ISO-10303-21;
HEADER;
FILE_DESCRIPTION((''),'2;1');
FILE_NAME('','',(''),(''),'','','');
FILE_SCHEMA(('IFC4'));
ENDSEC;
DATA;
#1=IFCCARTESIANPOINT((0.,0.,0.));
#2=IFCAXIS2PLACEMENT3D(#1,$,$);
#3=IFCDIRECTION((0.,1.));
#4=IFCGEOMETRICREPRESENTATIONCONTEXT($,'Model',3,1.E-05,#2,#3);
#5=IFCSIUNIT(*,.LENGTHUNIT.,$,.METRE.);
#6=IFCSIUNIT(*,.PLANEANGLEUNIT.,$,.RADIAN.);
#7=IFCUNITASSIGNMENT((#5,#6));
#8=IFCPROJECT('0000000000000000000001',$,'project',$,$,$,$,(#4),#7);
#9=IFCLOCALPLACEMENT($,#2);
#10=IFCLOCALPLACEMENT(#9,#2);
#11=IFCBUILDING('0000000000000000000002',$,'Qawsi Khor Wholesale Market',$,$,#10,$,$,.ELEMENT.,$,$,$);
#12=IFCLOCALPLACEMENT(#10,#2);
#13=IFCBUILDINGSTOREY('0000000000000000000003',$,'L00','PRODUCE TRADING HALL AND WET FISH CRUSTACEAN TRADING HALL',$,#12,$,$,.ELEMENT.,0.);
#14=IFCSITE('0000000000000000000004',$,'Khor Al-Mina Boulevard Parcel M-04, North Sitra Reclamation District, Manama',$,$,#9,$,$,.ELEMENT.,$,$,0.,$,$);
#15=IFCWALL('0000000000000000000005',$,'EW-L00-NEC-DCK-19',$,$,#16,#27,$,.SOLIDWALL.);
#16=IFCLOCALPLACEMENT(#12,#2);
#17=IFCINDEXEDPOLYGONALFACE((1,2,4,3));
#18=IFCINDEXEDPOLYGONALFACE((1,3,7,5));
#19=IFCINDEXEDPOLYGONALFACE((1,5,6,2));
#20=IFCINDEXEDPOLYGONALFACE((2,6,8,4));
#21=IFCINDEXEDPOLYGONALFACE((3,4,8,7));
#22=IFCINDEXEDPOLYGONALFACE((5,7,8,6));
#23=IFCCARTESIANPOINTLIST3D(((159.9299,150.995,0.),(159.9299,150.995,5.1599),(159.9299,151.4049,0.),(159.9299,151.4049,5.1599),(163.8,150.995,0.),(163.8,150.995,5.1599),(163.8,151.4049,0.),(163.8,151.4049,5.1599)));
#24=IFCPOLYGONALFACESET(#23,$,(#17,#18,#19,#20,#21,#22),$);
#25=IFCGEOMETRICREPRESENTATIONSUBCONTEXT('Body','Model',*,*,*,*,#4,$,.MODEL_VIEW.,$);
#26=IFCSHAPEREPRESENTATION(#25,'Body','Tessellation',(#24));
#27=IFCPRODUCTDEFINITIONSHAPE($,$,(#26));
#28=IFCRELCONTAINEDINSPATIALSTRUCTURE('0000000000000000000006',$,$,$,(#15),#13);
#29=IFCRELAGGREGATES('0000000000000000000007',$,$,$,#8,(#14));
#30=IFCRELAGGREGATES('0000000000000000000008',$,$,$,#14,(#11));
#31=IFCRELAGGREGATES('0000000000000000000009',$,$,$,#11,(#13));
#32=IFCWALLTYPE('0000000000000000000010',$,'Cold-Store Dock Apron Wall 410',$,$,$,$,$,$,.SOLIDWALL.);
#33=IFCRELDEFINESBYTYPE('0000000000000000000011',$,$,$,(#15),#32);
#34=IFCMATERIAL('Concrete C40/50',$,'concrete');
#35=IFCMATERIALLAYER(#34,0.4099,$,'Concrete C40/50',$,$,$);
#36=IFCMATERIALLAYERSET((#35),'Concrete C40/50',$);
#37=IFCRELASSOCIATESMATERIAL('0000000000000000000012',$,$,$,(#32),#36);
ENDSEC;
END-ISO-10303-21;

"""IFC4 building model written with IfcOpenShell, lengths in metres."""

from ifc_helpers import new_model, si_unit, direction, frame, frame_2d, origin, place, context, subcontext, project, spatial, rectangle, extrude, material, layer, layer_set, type_object, element, save


model = new_model("IFC4")

# Units and contexts
model_context = context("Model", 3, precision=1e-05, world=origin(), true_north=direction((0.0, 1.0)))
body_context = subcontext(model_context, "Body", "Model", "MODEL_VIEW")
ifc_project = project(units=[si_unit("LENGTHUNIT", "METRE"), si_unit("PLANEANGLEUNIT", "RADIAN")], contexts=[model_context])

# Site, building, storey
site_placement = place(None, origin())
site = spatial("IfcSite", under=ifc_project, at=site_placement, Name="Khor Al-Mina Boulevard Parcel M-04, North Sitra Reclamation District, Manama", CompositionType="ELEMENT", RefElevation=0.0)
building_placement = place(site_placement, origin())
building = spatial("IfcBuilding", under=site, at=building_placement, Name="Qawsi Khor Wholesale Market", CompositionType="ELEMENT")
storey_placement = place(building_placement, origin())
storey = spatial("IfcBuildingStorey", under=building, at=storey_placement, Name="L00", Description="PRODUCE TRADING HALL AND WET FISH CRUSTACEAN TRADING HALL", CompositionType="ELEMENT", Elevation=0.0)

# Shared definitions
ifc_material_1 = material(Name="Concrete C40/50", Category="concrete")

# Shared definitions
ifc_layer_1 = layer(ifc_material_1, 0.4099, Name="Concrete C40/50")
ifc_layer_set_1 = layer_set([ifc_layer_1], Name="Concrete C40/50")
wall_type = type_object("IfcWallType", Name="Cold-Store Dock Apron Wall 410", PredefinedType="SOLIDWALL", material=ifc_layer_set_1)

# Wall
wall_1_placement = place(storey_placement, frame((159.9299, 151.2, 0.0), z_axis=(0.0, 0.0, 1.0), x_axis=(1.0, 0.0, 0.0)))
element("IfcWall", 1, at=wall_1_placement, inside=storey, type_object=wall_type, Name="EW-L00-NEC-DCK-19", PredefinedType="SOLIDWALL", context=body_context, shape_type="SweptSolid", body=[
    extrude(rectangle(XDim=3.8701, YDim=0.4099, at=frame_2d((1.9351, 0.0))), origin(), (0.0, 0.0, 1.0), 5.1599),
])

save(model, "model.ifc")
